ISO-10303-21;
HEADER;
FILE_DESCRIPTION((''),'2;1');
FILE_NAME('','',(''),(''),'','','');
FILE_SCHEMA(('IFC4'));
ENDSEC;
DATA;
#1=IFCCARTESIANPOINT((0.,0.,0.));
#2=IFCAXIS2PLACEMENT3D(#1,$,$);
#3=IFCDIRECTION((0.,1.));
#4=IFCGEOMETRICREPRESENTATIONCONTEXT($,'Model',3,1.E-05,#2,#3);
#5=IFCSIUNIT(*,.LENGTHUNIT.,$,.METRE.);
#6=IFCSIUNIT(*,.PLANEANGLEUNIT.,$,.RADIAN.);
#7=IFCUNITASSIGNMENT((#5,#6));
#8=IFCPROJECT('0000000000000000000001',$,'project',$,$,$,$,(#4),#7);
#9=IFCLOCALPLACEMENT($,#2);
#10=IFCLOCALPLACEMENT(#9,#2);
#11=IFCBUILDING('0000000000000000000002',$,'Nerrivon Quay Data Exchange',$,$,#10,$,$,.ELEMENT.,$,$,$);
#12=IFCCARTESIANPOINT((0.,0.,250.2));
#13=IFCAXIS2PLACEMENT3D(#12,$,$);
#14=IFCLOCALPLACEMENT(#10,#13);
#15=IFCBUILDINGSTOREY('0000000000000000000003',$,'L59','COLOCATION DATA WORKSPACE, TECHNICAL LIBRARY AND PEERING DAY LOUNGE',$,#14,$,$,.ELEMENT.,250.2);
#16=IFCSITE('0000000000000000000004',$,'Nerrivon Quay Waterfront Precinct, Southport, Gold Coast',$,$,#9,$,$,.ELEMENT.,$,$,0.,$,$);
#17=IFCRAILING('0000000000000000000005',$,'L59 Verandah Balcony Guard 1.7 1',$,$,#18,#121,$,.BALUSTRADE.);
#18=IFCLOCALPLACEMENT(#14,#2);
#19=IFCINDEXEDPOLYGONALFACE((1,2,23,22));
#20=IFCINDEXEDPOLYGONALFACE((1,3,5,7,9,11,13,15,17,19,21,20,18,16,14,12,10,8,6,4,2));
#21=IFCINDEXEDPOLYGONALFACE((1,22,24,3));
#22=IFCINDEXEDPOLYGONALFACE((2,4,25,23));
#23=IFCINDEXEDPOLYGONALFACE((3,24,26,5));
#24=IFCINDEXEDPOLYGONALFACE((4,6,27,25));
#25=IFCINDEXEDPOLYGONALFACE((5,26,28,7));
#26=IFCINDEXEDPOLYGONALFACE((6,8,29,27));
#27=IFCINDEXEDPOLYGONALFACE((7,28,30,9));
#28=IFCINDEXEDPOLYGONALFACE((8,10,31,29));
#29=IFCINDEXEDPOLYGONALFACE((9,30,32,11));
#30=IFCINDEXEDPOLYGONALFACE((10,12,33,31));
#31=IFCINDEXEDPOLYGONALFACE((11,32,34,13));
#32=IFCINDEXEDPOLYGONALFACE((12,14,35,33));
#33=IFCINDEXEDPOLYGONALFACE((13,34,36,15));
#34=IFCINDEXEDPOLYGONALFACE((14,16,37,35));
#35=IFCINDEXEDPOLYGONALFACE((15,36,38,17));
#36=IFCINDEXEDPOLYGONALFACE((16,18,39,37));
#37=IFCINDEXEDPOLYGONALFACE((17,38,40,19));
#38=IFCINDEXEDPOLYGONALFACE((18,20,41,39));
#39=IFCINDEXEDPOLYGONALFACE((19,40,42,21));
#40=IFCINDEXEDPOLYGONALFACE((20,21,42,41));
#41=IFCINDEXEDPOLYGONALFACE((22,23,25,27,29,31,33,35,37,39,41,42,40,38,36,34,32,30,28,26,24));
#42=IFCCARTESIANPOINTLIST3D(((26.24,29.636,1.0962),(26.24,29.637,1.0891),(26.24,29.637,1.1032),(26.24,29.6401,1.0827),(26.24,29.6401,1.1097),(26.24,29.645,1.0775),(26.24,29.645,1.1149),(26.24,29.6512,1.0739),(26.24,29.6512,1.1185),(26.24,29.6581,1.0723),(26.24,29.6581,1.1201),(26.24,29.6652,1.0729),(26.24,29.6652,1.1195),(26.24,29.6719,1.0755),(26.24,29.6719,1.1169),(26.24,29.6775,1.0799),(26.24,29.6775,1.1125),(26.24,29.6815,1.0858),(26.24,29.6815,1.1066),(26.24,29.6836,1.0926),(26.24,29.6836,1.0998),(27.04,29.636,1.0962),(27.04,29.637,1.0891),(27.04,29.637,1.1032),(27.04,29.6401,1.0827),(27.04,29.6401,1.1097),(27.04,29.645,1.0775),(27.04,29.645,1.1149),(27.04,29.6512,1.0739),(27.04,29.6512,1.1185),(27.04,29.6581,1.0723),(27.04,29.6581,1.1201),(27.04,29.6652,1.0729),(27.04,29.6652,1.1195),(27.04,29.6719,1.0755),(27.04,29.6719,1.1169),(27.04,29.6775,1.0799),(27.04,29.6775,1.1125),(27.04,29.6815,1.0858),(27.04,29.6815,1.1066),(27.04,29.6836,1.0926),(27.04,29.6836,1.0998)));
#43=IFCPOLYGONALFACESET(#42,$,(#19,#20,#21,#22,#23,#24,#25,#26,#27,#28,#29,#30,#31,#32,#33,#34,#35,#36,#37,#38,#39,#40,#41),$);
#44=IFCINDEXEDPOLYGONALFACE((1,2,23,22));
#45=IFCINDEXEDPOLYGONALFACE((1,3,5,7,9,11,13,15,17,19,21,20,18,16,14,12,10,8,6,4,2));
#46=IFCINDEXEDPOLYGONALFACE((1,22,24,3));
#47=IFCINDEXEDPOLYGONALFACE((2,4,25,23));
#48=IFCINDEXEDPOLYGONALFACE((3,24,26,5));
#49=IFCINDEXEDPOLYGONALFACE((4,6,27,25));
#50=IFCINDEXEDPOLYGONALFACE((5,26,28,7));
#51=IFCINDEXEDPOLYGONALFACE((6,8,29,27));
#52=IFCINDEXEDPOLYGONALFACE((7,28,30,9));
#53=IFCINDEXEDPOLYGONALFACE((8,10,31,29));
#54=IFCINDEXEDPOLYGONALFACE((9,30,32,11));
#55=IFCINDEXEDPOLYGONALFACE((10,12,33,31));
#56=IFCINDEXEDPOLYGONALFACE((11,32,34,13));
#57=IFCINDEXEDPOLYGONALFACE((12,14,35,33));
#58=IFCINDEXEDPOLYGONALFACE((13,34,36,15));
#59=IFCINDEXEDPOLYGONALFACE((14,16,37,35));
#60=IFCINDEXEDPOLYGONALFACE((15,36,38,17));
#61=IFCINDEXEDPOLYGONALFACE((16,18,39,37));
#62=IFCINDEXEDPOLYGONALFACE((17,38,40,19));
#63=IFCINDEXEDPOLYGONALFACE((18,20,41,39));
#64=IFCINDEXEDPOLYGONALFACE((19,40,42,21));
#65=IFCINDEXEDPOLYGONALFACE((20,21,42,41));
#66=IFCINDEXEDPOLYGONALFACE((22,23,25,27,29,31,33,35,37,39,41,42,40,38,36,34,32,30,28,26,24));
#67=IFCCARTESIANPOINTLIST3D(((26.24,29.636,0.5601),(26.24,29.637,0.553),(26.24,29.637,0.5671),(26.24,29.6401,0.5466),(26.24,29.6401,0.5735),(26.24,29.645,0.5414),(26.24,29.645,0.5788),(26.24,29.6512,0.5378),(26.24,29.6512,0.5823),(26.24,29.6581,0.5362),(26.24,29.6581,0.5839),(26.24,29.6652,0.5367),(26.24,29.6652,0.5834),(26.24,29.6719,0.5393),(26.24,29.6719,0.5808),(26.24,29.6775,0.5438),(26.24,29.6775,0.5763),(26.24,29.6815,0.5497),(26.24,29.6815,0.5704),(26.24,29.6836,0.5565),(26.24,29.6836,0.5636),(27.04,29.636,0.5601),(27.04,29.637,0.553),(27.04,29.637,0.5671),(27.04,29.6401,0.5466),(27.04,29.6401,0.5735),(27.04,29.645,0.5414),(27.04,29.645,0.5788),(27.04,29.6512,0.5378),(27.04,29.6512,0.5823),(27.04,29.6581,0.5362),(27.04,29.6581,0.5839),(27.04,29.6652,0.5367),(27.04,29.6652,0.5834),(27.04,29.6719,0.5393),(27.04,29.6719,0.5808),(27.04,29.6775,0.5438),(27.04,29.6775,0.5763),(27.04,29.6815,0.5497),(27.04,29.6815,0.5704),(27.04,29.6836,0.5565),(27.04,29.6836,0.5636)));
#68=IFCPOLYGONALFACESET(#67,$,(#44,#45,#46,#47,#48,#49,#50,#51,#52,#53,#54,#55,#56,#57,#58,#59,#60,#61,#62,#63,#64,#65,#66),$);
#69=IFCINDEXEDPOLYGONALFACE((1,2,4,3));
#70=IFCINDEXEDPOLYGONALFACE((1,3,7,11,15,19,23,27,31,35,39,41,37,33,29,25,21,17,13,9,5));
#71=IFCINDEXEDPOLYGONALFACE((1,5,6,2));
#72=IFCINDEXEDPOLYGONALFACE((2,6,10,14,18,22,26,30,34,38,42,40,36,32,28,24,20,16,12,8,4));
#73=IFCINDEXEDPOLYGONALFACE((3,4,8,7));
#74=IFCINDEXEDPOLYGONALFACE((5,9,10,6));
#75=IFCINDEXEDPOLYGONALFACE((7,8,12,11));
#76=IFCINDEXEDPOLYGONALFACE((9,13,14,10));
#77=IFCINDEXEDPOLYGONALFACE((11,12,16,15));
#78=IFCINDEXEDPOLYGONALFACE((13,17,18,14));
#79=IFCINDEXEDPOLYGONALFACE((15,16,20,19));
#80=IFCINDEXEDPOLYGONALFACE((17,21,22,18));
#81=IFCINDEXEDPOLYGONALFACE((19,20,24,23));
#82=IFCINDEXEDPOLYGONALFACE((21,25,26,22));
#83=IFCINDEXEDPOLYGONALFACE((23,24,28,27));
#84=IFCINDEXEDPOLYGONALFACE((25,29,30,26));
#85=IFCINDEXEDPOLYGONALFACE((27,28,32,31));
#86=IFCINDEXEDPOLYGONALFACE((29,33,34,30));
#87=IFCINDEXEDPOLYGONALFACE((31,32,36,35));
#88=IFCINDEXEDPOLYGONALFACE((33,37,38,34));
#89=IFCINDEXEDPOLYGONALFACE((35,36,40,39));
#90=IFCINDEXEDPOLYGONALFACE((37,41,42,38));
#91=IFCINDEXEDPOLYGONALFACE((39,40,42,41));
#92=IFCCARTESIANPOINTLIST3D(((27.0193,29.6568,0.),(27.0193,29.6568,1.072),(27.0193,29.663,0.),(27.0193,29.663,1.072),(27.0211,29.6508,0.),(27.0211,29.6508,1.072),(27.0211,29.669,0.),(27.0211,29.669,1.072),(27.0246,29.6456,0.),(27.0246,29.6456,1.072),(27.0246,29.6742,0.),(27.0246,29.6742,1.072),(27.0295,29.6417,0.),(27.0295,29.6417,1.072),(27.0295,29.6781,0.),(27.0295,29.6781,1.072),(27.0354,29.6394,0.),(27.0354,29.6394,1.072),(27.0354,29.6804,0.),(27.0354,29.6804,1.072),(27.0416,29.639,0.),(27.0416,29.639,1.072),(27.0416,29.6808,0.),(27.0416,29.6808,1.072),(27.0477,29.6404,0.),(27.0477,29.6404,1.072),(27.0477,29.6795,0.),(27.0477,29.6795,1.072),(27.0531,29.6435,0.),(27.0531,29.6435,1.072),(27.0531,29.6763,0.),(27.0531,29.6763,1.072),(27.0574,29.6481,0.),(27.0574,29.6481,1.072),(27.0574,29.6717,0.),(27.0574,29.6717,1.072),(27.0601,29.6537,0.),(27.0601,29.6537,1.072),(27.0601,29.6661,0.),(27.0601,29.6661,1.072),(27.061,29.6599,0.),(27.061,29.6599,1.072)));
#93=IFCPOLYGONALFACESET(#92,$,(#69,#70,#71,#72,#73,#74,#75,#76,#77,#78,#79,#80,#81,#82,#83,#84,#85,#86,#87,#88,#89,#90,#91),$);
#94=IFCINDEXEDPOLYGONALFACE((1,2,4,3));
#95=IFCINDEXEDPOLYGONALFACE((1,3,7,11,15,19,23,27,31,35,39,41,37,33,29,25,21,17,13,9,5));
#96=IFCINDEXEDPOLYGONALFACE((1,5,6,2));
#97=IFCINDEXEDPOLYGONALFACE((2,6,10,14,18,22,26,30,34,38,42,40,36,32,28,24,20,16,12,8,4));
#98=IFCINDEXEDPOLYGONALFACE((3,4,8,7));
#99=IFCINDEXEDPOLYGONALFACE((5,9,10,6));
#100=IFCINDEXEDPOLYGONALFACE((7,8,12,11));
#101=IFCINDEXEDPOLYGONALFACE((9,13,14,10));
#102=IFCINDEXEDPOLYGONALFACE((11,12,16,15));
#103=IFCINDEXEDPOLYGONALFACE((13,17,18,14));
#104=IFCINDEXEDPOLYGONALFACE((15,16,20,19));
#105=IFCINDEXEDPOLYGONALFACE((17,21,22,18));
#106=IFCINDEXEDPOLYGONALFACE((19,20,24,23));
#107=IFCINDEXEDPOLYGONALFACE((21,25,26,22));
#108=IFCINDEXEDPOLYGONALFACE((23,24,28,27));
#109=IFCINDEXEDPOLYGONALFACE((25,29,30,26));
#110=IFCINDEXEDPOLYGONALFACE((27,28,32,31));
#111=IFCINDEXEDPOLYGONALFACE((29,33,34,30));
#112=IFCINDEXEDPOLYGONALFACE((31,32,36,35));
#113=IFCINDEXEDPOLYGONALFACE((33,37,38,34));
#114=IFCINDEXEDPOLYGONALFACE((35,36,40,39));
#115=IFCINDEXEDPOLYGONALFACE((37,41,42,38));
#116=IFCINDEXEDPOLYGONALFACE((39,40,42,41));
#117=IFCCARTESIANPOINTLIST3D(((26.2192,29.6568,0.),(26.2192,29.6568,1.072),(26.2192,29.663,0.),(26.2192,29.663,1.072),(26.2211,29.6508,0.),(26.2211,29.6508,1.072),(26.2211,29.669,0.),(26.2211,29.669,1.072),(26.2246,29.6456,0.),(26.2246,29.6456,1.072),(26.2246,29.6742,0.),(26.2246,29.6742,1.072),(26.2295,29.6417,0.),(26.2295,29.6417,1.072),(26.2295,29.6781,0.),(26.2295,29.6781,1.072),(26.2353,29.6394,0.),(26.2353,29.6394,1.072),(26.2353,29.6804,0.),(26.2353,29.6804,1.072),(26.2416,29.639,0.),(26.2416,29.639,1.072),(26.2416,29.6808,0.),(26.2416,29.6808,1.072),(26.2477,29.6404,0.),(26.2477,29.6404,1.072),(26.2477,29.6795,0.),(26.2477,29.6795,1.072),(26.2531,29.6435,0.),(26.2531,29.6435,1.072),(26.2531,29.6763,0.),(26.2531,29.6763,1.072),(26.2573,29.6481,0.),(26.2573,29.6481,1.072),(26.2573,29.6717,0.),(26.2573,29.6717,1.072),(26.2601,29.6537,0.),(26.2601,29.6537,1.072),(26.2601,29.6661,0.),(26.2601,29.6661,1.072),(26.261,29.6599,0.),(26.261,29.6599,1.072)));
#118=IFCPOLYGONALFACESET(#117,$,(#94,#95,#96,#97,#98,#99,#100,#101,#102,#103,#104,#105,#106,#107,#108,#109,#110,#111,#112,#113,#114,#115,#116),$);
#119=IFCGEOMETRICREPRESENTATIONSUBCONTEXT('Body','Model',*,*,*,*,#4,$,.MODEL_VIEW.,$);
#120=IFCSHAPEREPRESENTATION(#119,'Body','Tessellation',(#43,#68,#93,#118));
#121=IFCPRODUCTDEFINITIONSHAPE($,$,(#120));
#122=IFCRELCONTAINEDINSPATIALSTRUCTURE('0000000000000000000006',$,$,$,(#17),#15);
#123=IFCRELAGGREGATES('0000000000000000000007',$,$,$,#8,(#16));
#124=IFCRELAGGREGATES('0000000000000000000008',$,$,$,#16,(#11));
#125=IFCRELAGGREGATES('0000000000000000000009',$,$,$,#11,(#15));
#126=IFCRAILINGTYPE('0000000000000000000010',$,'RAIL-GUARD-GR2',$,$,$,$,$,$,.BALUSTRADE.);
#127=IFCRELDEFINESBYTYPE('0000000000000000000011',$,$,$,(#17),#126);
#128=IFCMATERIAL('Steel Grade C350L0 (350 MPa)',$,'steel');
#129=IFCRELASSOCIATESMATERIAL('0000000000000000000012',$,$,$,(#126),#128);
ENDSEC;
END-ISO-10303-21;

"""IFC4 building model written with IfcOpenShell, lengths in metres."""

from ifc_helpers import new_model, si_unit, direction, frame, origin, origin_2d, place, context, subcontext, project, spatial, circle, extrude, material, type_object, element, save


model = new_model("IFC4")

# Units and contexts
model_context = context("Model", 3, precision=1e-05, world=origin(), true_north=direction((0.0, 1.0)))
body_context = subcontext(model_context, "Body", "Model", "MODEL_VIEW")
ifc_project = project(units=[si_unit("LENGTHUNIT", "METRE"), si_unit("PLANEANGLEUNIT", "RADIAN")], contexts=[model_context])

# Site, building, storey
site_placement = place(None, origin())
site = spatial("IfcSite", under=ifc_project, at=site_placement, Name="Nerrivon Quay Waterfront Precinct, Southport, Gold Coast", CompositionType="ELEMENT", RefElevation=0.0)
building_placement = place(site_placement, origin())
building = spatial("IfcBuilding", under=site, at=building_placement, Name="Nerrivon Quay Data Exchange", CompositionType="ELEMENT")
storey_placement = place(building_placement, frame((0.0, 0.0, 250.2)))
storey = spatial("IfcBuildingStorey", under=building, at=storey_placement, Name="L59", Description="COLOCATION DATA WORKSPACE, TECHNICAL LIBRARY AND PEERING DAY LOUNGE", CompositionType="ELEMENT", Elevation=250.2)

# Shared definitions
ifc_material_1 = material(Name="Steel Grade C350L0 (350 MPa)", Category="steel")

# Railing
railing_type = type_object("IfcRailingType", Name="RAIL-GUARD-GR2", PredefinedType="BALUSTRADE", material=ifc_material_1)
railing_1_placement = place(storey_placement, frame((27.04, 29.6599, 0.0)))
element("IfcRailing", 1, at=railing_1_placement, inside=storey, type_object=railing_type, Name="L59 Verandah Balcony Guard 1.7 1", PredefinedType="BALUSTRADE", context=body_context, shape_type="SweptSolid", body=[
    extrude(circle(Radius=0.0239, at=origin_2d()), frame((0.0, 0.0, 1.0962), z_axis=(-1.0, 0.0, 0.0), x_axis=(0.0, -1.0, 0.0)), (0.0, 0.0, 1.0), 0.8),
    extrude(circle(Radius=0.0239, at=origin_2d()), frame((0.0, 0.0, 0.5601), z_axis=(-1.0, 0.0, 0.0), x_axis=(0.0, -1.0, 0.0)), (0.0, 0.0, 1.0), 0.8),
    extrude(circle(Radius=0.021, at=origin_2d()), origin(), (0.0, 0.0, 1.0), 1.072),
    extrude(circle(Radius=0.021, at=origin_2d()), frame((-0.8, 0.0, 0.0)), (0.0, 0.0, 1.0), 1.072),
])

save(model, "model.ifc")
